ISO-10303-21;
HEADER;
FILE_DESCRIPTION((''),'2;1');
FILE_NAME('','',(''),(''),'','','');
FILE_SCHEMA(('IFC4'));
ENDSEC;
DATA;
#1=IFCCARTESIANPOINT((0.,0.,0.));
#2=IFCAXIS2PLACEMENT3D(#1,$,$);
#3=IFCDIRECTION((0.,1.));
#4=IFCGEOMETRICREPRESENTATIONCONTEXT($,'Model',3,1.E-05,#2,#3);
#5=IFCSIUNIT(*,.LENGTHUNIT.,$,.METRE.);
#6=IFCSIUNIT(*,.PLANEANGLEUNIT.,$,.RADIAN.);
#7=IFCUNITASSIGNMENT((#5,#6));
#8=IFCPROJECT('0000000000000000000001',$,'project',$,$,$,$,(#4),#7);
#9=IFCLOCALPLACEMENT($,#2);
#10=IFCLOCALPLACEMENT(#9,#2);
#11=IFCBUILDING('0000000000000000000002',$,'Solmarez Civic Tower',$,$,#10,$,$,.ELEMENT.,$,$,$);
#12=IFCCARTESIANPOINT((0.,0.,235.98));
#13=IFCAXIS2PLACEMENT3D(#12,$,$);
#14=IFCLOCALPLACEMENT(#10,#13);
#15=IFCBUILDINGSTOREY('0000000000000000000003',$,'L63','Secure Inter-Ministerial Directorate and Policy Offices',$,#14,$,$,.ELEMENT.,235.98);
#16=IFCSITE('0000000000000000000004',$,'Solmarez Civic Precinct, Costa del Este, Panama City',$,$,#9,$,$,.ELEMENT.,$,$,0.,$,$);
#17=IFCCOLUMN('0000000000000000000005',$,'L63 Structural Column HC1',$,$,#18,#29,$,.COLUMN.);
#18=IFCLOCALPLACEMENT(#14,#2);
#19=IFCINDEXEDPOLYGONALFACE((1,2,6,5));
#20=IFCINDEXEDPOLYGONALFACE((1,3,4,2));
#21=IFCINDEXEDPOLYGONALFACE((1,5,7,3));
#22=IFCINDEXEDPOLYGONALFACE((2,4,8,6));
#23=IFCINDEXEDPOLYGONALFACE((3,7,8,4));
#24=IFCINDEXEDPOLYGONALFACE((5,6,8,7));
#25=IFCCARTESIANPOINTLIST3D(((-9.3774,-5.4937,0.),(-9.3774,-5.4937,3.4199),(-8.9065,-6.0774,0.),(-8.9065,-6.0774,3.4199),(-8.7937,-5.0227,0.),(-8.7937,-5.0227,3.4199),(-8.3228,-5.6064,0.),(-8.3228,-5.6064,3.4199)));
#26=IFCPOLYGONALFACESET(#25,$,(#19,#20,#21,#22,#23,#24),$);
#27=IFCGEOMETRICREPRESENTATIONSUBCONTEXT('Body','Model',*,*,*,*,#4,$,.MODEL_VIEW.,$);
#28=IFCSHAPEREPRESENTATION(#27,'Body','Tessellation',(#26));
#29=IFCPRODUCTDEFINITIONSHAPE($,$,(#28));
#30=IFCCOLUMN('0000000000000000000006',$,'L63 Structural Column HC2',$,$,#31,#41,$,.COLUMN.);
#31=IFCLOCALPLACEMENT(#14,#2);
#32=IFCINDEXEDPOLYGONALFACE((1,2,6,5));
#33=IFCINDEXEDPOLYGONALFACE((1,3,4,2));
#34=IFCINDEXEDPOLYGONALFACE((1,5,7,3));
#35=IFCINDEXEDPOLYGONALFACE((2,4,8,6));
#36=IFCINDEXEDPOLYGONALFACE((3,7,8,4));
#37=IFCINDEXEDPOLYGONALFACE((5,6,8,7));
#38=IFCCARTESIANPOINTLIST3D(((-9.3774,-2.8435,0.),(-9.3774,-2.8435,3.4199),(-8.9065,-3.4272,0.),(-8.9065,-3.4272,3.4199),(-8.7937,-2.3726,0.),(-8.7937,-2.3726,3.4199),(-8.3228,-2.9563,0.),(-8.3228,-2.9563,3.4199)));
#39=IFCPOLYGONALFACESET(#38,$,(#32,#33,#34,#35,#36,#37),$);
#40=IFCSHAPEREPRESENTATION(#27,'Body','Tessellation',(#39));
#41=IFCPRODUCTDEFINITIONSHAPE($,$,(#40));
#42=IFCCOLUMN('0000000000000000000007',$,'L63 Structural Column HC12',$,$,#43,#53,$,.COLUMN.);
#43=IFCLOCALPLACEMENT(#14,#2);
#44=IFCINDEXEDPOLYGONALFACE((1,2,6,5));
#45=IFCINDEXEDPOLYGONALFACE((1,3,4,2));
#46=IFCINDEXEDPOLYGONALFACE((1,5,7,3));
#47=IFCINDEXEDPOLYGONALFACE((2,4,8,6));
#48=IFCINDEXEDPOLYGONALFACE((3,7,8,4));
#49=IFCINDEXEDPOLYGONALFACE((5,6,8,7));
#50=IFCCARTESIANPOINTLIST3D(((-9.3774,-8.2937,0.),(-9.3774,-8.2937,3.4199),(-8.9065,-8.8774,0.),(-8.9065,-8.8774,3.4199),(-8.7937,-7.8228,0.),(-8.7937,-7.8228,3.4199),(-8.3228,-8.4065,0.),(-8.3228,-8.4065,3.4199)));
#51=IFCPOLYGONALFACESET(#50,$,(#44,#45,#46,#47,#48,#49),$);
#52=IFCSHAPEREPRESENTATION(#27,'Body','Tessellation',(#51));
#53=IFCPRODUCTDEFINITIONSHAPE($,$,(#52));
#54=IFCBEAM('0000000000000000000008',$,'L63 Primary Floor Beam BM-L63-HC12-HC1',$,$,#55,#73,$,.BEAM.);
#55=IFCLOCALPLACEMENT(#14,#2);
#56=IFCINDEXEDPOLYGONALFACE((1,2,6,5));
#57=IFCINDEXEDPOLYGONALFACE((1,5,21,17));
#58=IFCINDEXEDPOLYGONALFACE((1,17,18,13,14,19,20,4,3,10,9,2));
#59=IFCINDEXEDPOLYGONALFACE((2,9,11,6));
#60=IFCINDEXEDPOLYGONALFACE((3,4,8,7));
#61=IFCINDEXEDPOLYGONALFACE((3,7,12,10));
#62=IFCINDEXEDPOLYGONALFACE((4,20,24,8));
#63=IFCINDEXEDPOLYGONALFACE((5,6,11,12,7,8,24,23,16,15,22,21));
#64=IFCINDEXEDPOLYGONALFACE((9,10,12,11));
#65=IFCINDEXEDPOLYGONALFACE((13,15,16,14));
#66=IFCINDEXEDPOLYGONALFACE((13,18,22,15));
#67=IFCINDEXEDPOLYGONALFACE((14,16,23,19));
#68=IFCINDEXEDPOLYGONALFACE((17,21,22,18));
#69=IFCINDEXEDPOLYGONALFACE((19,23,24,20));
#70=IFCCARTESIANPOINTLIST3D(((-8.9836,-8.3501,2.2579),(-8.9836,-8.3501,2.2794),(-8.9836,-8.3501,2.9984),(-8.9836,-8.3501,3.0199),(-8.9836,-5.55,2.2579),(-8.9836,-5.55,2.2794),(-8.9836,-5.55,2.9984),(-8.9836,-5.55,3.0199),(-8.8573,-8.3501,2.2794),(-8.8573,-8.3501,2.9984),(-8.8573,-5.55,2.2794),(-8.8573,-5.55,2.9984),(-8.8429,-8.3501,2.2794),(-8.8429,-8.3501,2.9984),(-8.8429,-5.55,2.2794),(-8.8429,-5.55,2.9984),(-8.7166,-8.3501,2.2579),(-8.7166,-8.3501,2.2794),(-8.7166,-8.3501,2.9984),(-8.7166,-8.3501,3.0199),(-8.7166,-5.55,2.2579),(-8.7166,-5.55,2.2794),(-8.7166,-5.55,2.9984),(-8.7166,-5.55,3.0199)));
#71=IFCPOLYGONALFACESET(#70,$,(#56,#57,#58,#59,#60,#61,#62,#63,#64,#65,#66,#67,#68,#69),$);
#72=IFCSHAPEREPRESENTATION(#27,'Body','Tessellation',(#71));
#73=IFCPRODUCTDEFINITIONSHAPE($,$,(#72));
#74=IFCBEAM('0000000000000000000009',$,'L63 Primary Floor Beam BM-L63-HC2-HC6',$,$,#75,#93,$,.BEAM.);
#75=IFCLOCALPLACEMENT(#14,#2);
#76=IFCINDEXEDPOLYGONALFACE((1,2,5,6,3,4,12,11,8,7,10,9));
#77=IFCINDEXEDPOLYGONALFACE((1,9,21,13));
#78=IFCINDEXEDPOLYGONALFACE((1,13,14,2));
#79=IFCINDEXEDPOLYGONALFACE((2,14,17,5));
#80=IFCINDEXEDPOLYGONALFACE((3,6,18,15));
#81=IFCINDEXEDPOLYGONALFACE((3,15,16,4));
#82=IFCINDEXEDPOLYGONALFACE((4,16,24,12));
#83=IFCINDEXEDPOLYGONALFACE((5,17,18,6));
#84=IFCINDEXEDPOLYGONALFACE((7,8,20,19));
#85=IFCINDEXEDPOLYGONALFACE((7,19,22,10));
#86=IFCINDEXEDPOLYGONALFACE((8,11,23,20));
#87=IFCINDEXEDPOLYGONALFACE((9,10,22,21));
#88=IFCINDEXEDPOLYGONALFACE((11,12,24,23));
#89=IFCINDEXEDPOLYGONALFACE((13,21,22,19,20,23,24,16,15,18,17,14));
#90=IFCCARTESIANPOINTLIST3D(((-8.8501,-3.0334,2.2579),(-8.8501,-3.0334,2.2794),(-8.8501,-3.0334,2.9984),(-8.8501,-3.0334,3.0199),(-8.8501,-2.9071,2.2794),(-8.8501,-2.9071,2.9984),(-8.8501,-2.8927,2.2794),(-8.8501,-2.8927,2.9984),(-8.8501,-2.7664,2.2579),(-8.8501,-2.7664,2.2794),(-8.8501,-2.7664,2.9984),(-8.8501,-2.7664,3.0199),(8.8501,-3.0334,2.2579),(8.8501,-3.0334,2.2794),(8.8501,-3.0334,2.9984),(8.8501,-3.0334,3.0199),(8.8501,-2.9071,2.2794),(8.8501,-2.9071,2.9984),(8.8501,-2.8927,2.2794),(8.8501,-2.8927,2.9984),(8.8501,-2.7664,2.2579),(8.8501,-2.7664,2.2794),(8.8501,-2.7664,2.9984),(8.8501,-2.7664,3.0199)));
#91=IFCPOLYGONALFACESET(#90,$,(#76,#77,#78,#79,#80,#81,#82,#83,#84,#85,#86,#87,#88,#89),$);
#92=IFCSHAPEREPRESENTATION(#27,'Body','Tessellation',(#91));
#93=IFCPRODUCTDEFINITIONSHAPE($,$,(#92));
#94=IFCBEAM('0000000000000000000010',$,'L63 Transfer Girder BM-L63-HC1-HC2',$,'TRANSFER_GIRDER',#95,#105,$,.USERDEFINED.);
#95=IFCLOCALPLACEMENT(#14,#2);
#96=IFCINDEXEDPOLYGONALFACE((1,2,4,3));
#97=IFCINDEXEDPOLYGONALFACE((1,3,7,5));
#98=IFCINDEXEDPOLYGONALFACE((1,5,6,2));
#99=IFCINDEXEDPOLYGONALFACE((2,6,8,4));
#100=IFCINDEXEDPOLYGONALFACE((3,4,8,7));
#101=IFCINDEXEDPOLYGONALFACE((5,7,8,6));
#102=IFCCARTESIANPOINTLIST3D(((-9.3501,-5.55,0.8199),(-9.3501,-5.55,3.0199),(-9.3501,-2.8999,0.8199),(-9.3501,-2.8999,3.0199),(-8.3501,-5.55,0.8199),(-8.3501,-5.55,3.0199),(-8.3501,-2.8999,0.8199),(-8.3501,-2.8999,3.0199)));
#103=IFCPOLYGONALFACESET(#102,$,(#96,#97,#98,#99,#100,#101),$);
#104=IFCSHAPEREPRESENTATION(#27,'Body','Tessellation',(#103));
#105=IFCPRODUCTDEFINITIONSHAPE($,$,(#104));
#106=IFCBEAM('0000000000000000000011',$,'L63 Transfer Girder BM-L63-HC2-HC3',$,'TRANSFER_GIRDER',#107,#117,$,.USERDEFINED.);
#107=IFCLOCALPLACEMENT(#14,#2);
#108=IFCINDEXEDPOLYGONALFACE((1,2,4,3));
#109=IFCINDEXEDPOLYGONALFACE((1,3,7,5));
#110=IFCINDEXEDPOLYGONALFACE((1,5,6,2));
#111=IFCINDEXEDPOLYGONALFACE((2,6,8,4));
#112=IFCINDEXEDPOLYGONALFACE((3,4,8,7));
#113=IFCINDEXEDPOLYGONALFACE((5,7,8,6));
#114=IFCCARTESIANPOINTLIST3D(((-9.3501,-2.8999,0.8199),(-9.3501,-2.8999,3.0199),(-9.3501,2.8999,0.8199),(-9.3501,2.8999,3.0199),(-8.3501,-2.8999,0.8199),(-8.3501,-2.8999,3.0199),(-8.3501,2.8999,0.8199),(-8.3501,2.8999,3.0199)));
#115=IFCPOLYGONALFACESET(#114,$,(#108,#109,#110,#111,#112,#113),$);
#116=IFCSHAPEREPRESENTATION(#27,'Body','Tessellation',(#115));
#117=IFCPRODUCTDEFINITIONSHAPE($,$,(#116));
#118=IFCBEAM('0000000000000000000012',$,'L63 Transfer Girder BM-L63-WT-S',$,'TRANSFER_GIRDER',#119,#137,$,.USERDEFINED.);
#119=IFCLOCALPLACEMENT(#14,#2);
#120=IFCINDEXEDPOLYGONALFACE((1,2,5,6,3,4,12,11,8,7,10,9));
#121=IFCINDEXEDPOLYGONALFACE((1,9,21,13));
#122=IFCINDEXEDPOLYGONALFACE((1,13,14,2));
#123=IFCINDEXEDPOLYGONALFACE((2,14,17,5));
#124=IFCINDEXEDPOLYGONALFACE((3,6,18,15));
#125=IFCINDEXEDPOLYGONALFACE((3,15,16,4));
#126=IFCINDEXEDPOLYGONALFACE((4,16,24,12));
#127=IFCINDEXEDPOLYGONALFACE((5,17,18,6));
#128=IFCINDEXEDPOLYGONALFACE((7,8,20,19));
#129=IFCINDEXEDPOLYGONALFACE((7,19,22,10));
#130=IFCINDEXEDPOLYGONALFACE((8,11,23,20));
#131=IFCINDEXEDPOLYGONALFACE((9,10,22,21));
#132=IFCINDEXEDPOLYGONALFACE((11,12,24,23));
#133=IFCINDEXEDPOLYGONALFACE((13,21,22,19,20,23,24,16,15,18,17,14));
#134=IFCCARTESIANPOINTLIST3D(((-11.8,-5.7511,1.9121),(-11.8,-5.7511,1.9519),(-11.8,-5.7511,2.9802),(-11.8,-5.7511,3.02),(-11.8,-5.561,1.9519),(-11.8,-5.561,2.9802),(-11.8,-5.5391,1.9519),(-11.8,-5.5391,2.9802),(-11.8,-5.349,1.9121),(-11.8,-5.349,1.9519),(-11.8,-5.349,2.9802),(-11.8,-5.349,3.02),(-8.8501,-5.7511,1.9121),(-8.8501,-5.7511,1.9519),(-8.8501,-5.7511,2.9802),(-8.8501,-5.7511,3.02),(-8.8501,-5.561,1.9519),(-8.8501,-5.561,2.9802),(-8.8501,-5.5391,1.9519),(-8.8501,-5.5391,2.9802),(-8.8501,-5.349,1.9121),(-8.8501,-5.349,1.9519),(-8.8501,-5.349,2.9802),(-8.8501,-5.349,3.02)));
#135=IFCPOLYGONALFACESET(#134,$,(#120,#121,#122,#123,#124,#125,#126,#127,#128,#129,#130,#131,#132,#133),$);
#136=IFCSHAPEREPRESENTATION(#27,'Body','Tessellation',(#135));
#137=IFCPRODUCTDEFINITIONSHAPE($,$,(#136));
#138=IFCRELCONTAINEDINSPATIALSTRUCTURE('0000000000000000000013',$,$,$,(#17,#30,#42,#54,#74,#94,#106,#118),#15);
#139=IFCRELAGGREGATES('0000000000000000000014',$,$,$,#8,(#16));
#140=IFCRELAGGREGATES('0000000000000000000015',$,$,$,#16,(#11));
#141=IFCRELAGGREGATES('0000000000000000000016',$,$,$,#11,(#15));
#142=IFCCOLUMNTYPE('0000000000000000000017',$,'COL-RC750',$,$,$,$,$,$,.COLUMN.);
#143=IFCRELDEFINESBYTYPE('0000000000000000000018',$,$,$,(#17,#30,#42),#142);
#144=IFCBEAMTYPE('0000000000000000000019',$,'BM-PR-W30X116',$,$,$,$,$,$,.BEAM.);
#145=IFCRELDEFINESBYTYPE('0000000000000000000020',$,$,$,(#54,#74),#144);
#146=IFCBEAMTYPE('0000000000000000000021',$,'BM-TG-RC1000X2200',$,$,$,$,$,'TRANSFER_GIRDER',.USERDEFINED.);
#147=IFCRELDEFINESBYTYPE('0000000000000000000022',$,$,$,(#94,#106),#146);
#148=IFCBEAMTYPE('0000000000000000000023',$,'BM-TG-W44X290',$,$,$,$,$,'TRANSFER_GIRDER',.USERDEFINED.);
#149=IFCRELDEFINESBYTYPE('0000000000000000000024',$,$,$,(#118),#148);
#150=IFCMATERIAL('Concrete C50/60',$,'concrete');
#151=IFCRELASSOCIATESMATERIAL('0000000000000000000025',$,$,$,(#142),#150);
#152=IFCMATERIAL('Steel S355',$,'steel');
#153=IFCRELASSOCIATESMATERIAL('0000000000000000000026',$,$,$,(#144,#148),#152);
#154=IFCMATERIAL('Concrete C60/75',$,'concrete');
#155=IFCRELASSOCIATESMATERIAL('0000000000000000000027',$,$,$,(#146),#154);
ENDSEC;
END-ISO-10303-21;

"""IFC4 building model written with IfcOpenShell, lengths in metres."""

from ifc_helpers import new_model, si_unit, direction, frame, origin, origin_2d, place, context, subcontext, project, spatial, rectangle, i_section, extrude, material, material_profile, profile_set, type_object, element, save


model = new_model("IFC4")

# Units and contexts
model_context = context("Model", 3, precision=1e-05, world=origin(), true_north=direction((0.0, 1.0)))
body_context = subcontext(model_context, "Body", "Model", "MODEL_VIEW")
ifc_project = project(units=[si_unit("LENGTHUNIT", "METRE"), si_unit("PLANEANGLEUNIT", "RADIAN")], contexts=[model_context])

# Site, building, storey
site_placement = place(None, origin())
site = spatial("IfcSite", under=ifc_project, at=site_placement, Name="Solmarez Civic Precinct, Costa del Este, Panama City", CompositionType="ELEMENT", RefElevation=0.0)
building_placement = place(site_placement, origin())
building = spatial("IfcBuilding", under=site, at=building_placement, Name="Solmarez Civic Tower", CompositionType="ELEMENT")
storey_placement = place(building_placement, frame((0.0, 0.0, 235.98)))
storey = spatial("IfcBuildingStorey", under=building, at=storey_placement, Name="L63", Description="Secure Inter-Ministerial Directorate and Policy Offices", CompositionType="ELEMENT", Elevation=235.98)

# Columns
ifc_material_1 = material(Name="Concrete C50/60", Category="concrete")
ifc_material_profile_1 = material_profile(ifc_material_1, rectangle(XDim=0.75, YDim=0.75, at=origin_2d()), Name="RC750X750")
ifc_profile_set_1 = profile_set([ifc_material_profile_1], Name="Concrete C50/60")
column_type = type_object("IfcColumnType", Name="COL-RC750", PredefinedType="COLUMN", material=ifc_profile_set_1)
for number, where, z_axis, x_axis, name in (
    (1, (-8.8501, -5.55, 0.0), (0.0, 0.0, 1.0), (0.778243, 0.627963, 0.0), "L63 Structural Column HC1"),
    (2, (-8.8501, -2.8999, 0.0), (0.0, 0.0, 1.0), (0.778243, 0.627963, 0.0), "L63 Structural Column HC2"),
    (3, (-8.8501, -8.3501, 0.0), (0.0, 0.0, 1.0), (0.778243, 0.627963, 0.0), "L63 Structural Column HC12"),
):
    element("IfcColumn", number, at=place(storey_placement, frame(where, z_axis=z_axis, x_axis=x_axis)), inside=storey, type_object=column_type, Name=name, PredefinedType="COLUMN", context=body_context, shape_type="SweptSolid", body=[
        extrude(rectangle(XDim=0.75, YDim=0.75, at=origin_2d()), origin(), (0.0, 0.0, 1.0), 3.4199),
    ])

# Beams
ifc_material_2 = material(Name="Steel S355", Category="steel")
ifc_material_profile_2 = material_profile(ifc_material_2, i_section(OverallWidth=0.2671, OverallDepth=0.762, WebThickness=0.0144, FlangeThickness=0.0215, at=origin_2d()), Name="W30X116")
ifc_profile_set_2 = profile_set([ifc_material_profile_2], Name="Steel S355")
beam_type_1 = type_object("IfcBeamType", Name="BM-PR-W30X116", PredefinedType="BEAM", material=ifc_profile_set_2)
beam_1_placement = place(storey_placement, frame((-8.8501, -8.3501, 2.6389), z_axis=(0.0, 1.0, 0.0), x_axis=(-1.0, 0.0, 0.0)))
element("IfcBeam", 4, at=beam_1_placement, inside=storey, type_object=beam_type_1, Name="L63 Primary Floor Beam BM-L63-HC12-HC1", PredefinedType="BEAM", context=body_context, shape_type="SweptSolid", body=[
    extrude(i_section(OverallWidth=0.2671, OverallDepth=0.762, WebThickness=0.0144, FlangeThickness=0.0215, at=origin_2d()), origin(), (0.0, 0.0, 1.0), 2.8),
])
beam_2_placement = place(storey_placement, frame((-8.8501, -2.8999, 2.6389), z_axis=(1.0, 0.0, 0.0), x_axis=(0.0, 1.0, 0.0)))
element("IfcBeam", 5, at=beam_2_placement, inside=storey, type_object=beam_type_1, Name="L63 Primary Floor Beam BM-L63-HC2-HC6", PredefinedType="BEAM", context=body_context, shape_type="SweptSolid", body=[
    extrude(i_section(OverallWidth=0.2671, OverallDepth=0.762, WebThickness=0.0144, FlangeThickness=0.0215, at=origin_2d()), origin(), (0.0, 0.0, 1.0), 17.7002),
])
ifc_material_3 = material(Name="Concrete C60/75", Category="concrete")
ifc_material_profile_3 = material_profile(ifc_material_3, rectangle(XDim=1.0, YDim=2.2, at=origin_2d()), Name="RC1000X2200")
ifc_profile_set_3 = profile_set([ifc_material_profile_3], Name="Concrete C60/75")
beam_type_2 = type_object("IfcBeamType", Name="BM-TG-RC1000X2200", ElementType="TRANSFER_GIRDER", PredefinedType="USERDEFINED", material=ifc_profile_set_3)
beam_3_placement = place(storey_placement, frame((-8.8501, -5.55, 1.9199), z_axis=(0.0, 1.0, 0.0), x_axis=(-1.0, 0.0, 0.0)))
element("IfcBeam", 6, at=beam_3_placement, inside=storey, type_object=beam_type_2, Name="L63 Transfer Girder BM-L63-HC1-HC2", ObjectType="TRANSFER_GIRDER", PredefinedType="USERDEFINED", context=body_context, shape_type="SweptSolid", body=[
    extrude(rectangle(XDim=1.0, YDim=2.2, at=origin_2d()), origin(), (0.0, 0.0, 1.0), 2.6501),
])
beam_4_placement = place(storey_placement, frame((-8.8501, -2.8999, 1.9199), z_axis=(0.0, 1.0, 0.0), x_axis=(-1.0, 0.0, 0.0)))
element("IfcBeam", 7, at=beam_4_placement, inside=storey, type_object=beam_type_2, Name="L63 Transfer Girder BM-L63-HC2-HC3", ObjectType="TRANSFER_GIRDER", PredefinedType="USERDEFINED", context=body_context, shape_type="SweptSolid", body=[
    extrude(rectangle(XDim=1.0, YDim=2.2, at=origin_2d()), origin(), (0.0, 0.0, 1.0), 5.7998),
])
ifc_material_profile_4 = material_profile(ifc_material_2, i_section(OverallWidth=0.4021, OverallDepth=1.1079, WebThickness=0.022, FlangeThickness=0.0398, at=origin_2d()), Name="W44X290")
ifc_profile_set_4 = profile_set([ifc_material_profile_4], Name="Steel S355")
beam_type_3 = type_object("IfcBeamType", Name="BM-TG-W44X290", ElementType="TRANSFER_GIRDER", PredefinedType="USERDEFINED", material=ifc_profile_set_4)
beam_5_placement = place(storey_placement, frame((-8.8501, -5.55, 2.4661), z_axis=(-1.0, 0.0, 0.0), x_axis=(0.0, -1.0, 0.0)))
element("IfcBeam", 8, at=beam_5_placement, inside=storey, type_object=beam_type_3, Name="L63 Transfer Girder BM-L63-WT-S", ObjectType="TRANSFER_GIRDER", PredefinedType="USERDEFINED", context=body_context, shape_type="SweptSolid", body=[
    extrude(i_section(OverallWidth=0.4021, OverallDepth=1.1079, WebThickness=0.022, FlangeThickness=0.0398, at=origin_2d()), origin(), (0.0, 0.0, 1.0), 2.95),
])

save(model, "model.ifc")
